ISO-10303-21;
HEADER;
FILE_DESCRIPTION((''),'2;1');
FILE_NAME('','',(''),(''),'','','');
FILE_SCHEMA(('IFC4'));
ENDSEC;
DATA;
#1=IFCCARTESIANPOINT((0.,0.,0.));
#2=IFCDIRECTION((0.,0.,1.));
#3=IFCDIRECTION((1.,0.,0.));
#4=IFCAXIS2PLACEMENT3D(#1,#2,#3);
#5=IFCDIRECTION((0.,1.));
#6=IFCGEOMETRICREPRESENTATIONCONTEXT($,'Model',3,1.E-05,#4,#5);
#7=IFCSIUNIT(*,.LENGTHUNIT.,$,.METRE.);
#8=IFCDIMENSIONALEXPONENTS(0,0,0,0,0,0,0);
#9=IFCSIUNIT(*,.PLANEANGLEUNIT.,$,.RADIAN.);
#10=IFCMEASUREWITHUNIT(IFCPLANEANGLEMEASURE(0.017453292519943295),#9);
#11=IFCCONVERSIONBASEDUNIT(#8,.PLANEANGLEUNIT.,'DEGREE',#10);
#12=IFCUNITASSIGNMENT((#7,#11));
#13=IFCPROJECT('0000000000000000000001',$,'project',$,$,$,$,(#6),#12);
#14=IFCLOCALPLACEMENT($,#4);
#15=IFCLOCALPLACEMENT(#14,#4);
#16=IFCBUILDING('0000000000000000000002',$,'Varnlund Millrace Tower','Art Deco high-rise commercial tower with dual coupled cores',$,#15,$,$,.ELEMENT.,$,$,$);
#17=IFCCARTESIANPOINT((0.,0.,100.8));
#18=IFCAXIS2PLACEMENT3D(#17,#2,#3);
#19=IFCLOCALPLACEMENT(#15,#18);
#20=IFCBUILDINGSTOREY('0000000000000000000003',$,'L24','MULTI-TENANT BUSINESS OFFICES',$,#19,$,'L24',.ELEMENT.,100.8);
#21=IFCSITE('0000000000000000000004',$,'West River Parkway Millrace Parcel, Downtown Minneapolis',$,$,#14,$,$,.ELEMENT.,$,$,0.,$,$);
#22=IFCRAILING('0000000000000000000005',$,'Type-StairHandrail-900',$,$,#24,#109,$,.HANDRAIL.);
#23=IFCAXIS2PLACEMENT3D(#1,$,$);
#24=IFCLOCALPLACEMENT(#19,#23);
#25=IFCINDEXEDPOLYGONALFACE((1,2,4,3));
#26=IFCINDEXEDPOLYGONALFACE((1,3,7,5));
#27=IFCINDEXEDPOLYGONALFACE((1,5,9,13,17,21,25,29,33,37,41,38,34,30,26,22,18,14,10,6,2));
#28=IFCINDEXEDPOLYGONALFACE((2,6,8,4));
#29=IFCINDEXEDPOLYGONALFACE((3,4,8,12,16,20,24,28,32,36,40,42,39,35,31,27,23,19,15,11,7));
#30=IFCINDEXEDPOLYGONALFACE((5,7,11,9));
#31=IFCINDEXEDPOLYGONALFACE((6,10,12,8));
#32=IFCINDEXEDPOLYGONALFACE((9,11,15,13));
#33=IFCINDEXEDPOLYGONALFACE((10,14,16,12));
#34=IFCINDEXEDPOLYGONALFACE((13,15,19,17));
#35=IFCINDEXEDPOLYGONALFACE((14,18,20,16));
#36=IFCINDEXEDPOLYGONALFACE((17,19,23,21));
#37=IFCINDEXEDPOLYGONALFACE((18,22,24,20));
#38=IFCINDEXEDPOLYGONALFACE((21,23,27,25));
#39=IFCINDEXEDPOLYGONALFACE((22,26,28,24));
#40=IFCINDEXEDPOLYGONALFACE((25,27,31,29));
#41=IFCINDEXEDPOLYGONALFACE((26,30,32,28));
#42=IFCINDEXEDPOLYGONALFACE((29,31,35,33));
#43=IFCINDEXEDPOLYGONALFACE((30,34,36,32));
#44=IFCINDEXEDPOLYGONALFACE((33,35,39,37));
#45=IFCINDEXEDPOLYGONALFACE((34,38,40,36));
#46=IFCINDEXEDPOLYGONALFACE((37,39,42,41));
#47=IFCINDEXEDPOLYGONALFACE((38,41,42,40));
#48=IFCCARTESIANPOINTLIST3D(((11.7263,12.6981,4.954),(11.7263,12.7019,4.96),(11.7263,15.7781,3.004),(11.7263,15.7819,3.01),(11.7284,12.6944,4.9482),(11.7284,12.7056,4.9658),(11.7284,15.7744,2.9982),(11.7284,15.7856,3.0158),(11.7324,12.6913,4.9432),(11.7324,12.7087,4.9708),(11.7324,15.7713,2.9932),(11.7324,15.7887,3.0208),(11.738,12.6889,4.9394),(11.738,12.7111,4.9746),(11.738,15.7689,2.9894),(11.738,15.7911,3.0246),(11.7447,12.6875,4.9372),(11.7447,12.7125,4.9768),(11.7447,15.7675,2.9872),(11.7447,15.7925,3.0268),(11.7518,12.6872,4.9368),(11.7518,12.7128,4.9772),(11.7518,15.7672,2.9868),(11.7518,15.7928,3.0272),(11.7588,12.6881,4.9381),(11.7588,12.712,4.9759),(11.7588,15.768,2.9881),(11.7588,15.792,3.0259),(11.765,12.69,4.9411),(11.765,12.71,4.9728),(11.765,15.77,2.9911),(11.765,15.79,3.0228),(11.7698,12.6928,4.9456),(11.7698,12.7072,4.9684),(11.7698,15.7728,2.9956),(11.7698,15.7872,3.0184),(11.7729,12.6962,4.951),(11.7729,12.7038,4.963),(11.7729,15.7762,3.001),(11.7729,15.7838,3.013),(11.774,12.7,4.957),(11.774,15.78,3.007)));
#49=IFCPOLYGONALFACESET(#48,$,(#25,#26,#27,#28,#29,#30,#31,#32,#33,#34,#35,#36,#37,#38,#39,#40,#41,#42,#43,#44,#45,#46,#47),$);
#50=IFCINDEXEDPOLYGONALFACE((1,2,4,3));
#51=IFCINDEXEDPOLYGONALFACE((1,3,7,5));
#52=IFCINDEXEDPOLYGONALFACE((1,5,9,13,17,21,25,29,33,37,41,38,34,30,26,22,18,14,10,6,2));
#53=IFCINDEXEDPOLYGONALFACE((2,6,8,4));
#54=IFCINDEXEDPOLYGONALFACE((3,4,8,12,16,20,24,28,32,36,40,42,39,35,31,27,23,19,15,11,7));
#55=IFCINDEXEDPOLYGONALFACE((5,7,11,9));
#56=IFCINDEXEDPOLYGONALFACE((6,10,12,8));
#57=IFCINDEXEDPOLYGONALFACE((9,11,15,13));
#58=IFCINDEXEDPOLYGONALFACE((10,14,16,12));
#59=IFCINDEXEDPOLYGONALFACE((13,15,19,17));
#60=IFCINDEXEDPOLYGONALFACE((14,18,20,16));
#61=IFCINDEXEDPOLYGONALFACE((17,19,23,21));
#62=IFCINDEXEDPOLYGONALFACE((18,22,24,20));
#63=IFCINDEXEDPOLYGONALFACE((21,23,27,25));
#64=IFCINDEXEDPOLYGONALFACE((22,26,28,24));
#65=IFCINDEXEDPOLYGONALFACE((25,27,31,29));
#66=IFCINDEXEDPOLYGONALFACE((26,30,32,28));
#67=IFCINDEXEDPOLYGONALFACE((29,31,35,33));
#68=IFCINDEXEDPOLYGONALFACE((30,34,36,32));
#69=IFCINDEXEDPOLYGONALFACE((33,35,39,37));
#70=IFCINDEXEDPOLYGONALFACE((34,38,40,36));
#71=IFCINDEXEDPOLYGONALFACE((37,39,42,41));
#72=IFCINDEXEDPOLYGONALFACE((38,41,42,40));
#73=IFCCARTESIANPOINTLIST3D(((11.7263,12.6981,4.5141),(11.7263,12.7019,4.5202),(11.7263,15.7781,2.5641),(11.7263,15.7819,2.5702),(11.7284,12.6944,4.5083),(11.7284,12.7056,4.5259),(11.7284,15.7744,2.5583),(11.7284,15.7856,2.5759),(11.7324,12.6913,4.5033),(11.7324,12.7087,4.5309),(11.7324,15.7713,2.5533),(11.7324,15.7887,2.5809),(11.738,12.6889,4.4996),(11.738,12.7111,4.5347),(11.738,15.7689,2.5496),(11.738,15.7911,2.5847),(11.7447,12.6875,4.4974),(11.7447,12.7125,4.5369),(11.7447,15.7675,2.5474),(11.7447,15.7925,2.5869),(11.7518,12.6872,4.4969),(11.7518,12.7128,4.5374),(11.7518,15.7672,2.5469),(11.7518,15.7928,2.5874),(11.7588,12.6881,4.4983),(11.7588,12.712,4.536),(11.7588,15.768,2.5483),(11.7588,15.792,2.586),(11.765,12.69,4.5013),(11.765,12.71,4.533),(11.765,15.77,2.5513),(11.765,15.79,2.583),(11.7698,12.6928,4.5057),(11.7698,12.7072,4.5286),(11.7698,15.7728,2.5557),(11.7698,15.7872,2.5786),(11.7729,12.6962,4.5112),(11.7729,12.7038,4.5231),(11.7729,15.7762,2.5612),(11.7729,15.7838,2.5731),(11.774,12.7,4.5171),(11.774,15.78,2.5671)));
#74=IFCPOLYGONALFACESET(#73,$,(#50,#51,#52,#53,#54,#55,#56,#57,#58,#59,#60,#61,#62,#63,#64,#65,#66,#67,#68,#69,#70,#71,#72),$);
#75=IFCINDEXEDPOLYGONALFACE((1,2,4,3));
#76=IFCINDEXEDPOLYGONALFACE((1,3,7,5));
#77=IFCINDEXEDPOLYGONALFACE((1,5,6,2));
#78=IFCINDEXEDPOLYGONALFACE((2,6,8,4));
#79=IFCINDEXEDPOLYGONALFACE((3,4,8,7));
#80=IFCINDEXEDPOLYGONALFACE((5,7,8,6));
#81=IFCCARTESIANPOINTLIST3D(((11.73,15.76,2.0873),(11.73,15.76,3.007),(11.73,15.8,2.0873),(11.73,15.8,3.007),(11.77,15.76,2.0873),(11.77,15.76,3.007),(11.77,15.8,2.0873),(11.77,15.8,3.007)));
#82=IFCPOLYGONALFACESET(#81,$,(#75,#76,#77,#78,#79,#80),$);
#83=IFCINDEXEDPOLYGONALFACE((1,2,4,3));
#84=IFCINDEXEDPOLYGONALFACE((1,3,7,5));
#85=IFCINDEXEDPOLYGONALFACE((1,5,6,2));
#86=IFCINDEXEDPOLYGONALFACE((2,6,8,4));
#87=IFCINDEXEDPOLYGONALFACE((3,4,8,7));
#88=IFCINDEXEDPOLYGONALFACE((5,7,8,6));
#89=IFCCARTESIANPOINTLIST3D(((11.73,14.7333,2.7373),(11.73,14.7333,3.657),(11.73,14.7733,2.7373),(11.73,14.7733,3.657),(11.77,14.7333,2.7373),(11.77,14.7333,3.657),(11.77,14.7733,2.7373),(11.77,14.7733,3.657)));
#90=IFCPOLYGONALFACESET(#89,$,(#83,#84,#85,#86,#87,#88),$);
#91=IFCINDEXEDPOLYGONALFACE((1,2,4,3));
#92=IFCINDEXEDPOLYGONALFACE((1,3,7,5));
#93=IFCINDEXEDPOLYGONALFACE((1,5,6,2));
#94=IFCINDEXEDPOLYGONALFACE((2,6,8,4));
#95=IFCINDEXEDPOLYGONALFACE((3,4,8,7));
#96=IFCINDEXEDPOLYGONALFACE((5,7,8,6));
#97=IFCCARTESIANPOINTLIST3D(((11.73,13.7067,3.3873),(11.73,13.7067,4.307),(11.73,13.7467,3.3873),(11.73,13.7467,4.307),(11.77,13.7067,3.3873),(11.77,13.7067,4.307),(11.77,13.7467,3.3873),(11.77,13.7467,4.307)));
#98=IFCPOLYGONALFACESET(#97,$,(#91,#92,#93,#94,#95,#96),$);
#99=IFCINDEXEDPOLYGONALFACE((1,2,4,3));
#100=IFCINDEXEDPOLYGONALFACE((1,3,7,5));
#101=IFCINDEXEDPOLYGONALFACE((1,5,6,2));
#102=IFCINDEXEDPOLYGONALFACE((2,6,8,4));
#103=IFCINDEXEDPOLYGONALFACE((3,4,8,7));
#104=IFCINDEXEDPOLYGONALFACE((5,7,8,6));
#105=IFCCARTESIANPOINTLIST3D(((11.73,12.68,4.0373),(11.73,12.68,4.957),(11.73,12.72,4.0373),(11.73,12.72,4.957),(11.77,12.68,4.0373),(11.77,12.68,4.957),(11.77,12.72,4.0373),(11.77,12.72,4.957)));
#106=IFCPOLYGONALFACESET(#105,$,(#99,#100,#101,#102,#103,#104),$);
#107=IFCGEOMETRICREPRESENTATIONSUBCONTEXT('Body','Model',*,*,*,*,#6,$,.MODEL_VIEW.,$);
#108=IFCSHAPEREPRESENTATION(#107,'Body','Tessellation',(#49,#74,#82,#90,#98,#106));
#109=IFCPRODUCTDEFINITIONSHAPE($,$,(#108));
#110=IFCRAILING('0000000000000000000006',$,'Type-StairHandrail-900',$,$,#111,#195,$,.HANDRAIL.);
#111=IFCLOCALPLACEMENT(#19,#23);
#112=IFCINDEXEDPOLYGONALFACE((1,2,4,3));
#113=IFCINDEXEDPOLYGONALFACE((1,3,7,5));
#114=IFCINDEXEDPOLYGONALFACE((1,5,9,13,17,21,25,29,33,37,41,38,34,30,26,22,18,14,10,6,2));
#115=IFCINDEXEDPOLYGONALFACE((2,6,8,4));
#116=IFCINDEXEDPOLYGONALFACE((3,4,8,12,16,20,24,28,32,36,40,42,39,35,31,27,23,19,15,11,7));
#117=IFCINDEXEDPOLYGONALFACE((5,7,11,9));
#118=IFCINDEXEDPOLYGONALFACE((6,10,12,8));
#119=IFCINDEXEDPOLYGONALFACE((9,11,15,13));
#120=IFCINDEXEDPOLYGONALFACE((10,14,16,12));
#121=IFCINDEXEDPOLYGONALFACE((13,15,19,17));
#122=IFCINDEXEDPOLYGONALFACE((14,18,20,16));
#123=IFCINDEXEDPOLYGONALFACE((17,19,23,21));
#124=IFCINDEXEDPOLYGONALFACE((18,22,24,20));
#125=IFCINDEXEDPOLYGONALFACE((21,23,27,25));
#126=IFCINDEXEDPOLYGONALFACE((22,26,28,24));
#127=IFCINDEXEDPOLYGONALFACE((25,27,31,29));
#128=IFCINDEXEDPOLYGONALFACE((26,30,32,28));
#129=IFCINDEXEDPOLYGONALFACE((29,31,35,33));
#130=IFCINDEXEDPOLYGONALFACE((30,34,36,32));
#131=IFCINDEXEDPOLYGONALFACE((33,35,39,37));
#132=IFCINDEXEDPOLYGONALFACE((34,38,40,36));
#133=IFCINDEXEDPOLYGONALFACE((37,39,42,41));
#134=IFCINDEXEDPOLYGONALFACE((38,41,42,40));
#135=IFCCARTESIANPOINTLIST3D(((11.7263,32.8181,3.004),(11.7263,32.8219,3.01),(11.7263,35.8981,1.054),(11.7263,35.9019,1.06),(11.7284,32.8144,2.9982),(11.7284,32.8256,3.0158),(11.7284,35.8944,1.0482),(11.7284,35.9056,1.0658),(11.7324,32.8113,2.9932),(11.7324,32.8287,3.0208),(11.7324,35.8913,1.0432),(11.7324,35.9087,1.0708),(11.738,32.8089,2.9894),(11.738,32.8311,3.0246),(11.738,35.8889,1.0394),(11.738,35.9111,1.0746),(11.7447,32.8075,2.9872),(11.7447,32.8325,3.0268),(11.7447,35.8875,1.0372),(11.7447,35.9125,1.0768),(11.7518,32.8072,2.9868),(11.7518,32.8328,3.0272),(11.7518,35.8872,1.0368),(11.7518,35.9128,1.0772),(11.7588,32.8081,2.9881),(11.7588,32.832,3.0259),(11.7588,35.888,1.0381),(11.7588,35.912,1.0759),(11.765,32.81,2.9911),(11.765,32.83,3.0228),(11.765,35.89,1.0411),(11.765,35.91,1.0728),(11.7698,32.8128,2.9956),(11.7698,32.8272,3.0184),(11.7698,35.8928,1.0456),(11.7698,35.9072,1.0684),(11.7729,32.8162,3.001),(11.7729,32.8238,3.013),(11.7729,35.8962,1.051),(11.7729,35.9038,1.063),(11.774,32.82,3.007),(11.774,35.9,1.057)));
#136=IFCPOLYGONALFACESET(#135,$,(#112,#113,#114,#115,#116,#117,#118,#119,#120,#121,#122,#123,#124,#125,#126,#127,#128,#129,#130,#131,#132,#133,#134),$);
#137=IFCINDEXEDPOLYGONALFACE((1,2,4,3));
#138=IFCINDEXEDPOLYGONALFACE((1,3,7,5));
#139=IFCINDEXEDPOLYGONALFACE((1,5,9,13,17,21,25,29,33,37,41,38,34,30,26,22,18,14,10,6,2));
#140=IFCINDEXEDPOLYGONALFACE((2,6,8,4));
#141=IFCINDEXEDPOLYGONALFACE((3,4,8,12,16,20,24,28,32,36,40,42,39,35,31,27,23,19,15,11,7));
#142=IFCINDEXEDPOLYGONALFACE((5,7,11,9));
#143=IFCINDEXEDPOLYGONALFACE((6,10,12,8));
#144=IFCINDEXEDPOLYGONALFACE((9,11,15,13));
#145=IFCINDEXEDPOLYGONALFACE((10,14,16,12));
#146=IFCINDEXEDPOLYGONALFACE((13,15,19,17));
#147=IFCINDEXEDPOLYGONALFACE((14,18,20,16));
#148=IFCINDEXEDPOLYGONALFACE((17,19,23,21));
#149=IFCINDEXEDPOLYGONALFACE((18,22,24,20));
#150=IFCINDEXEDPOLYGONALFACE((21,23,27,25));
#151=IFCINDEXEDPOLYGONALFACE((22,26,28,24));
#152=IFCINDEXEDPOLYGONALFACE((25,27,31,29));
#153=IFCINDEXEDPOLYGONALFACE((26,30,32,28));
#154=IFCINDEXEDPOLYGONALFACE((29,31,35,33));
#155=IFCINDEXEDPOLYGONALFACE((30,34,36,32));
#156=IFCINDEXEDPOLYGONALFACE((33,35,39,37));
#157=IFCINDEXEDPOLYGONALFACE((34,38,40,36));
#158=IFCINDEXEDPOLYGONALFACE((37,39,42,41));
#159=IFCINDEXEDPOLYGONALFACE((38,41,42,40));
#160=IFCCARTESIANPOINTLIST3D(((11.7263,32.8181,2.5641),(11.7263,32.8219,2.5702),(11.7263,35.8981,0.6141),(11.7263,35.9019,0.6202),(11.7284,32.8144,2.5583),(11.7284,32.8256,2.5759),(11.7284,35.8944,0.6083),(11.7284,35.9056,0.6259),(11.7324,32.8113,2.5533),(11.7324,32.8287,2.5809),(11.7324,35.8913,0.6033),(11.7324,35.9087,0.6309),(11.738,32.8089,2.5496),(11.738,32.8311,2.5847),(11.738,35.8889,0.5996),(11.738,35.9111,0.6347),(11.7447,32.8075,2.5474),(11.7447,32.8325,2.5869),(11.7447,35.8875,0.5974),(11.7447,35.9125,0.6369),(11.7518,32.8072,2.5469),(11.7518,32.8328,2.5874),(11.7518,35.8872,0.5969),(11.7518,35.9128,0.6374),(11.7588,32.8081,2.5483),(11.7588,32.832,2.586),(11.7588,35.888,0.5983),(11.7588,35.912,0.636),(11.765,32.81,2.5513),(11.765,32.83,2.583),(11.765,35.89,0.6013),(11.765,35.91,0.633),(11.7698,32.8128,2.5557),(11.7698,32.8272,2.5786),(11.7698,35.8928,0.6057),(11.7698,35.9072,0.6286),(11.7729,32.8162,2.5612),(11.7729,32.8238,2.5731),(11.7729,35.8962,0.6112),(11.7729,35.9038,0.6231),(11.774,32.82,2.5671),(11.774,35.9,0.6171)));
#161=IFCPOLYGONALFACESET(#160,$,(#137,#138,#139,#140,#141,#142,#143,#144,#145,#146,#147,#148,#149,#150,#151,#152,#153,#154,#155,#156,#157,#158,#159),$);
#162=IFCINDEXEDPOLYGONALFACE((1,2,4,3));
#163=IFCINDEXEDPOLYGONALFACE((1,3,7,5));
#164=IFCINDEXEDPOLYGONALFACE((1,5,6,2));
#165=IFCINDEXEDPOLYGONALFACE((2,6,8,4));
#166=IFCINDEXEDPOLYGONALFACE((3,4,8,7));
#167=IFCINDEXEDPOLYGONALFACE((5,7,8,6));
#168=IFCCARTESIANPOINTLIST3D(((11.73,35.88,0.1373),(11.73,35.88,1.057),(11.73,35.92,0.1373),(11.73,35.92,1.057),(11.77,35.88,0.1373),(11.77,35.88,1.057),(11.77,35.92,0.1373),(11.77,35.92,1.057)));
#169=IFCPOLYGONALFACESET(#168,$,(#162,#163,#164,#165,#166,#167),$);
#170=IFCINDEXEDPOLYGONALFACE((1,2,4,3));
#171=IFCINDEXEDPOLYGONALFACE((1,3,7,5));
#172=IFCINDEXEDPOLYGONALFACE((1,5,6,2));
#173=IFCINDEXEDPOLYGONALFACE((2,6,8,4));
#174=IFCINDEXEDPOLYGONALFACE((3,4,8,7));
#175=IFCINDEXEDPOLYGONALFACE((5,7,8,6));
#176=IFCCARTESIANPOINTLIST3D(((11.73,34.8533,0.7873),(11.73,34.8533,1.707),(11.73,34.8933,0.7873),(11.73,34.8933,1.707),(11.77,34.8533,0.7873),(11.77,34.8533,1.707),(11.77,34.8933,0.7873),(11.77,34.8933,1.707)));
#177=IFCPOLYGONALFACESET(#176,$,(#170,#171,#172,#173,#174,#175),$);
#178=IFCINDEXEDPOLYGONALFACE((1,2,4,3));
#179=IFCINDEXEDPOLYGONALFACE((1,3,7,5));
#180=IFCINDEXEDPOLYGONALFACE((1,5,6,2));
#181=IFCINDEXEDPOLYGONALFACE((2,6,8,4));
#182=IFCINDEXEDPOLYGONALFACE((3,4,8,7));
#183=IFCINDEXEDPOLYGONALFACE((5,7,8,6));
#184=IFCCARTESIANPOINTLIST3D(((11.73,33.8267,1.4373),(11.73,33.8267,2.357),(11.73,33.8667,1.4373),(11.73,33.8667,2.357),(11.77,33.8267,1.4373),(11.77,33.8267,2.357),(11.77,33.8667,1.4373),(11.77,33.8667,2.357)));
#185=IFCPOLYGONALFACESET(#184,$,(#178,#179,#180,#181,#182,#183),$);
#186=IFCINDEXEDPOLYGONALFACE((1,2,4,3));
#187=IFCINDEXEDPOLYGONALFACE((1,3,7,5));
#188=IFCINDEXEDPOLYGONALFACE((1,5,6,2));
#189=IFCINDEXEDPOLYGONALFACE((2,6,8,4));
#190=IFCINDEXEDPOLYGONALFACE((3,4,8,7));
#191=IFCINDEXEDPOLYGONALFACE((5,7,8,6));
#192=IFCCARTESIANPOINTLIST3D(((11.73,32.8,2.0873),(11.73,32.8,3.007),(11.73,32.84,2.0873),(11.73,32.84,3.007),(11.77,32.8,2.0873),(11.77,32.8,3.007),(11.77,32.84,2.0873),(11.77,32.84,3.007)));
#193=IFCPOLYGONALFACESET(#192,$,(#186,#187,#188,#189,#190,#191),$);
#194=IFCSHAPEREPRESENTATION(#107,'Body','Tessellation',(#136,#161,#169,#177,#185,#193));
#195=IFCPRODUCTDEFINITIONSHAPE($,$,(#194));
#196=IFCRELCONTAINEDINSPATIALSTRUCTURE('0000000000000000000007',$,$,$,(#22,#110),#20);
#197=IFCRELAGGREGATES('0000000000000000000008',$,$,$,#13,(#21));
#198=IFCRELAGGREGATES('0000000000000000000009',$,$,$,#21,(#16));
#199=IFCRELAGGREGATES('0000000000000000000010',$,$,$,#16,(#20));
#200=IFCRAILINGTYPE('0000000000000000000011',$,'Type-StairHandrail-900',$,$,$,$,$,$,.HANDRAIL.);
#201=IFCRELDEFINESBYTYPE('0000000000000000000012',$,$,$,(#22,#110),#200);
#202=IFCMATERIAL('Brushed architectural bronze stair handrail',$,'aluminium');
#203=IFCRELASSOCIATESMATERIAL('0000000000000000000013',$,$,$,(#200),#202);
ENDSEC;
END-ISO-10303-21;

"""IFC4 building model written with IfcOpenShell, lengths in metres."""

from ifc_helpers import new_model, entity, si_unit, converted_unit, direction, frame, origin_with_axes, origin_2d_with_axis, place, context, subcontext, project, spatial, rectangle, circle, extrude, material, type_object, element, save


model = new_model("IFC4")

# Units and contexts
model_context = context("Model", 3, precision=1e-05, world=origin_with_axes(), true_north=direction((0.0, 1.0)))
body_context = subcontext(model_context, "Body", "Model", "MODEL_VIEW")
ifc_project = project(units=[si_unit("LENGTHUNIT", "METRE"), converted_unit("PLANEANGLEUNIT", "DEGREE", entity("IfcPlaneAngleMeasure", 0.017453292519943295), si_unit("PLANEANGLEUNIT", "RADIAN"), dimensions=[0, 0, 0, 0, 0, 0, 0])], contexts=[model_context])

# Site, building, storey
site_placement = place(None, origin_with_axes())
site = spatial("IfcSite", under=ifc_project, at=site_placement, Name="West River Parkway Millrace Parcel, Downtown Minneapolis", CompositionType="ELEMENT", RefElevation=0.0)
building_placement = place(site_placement, origin_with_axes())
building = spatial("IfcBuilding", under=site, at=building_placement, Name="Varnlund Millrace Tower", Description="Art Deco high-rise commercial tower with dual coupled cores", CompositionType="ELEMENT")
storey_placement = place(building_placement, frame((0.0, 0.0, 100.8), z_axis=(0.0, 0.0, 1.0), x_axis=(1.0, 0.0, 0.0)))
storey = spatial("IfcBuildingStorey", under=building, at=storey_placement, Name="L24", Description="MULTI-TENANT BUSINESS OFFICES", LongName="L24", CompositionType="ELEMENT", Elevation=100.8)

# Railings
ifc_material_1 = material(Name="Brushed architectural bronze stair handrail", Category="aluminium")
railing_type_1 = type_object("IfcRailingType", Name="Type-StairHandrail-900", PredefinedType="HANDRAIL", material=ifc_material_1)
railing_1_placement = place(storey_placement, frame((0.0, 0.0, -100.8), z_axis=(0.0, 0.0, 1.0), x_axis=(1.0, 0.0, 0.0)))
element("IfcRailing", 1, at=railing_1_placement, inside=storey, type_object=railing_type_1, Name="Type-StairHandrail-900", PredefinedType="HANDRAIL", context=body_context, shape_type="SweptSolid", body=[
    extrude(circle(Radius=0.024, at=origin_2d_with_axis()), frame((11.75, 15.78, 103.807), z_axis=(0.0, -0.844902, 0.534922), x_axis=(1.0, 0.0, 0.0)), (0.0, 0.0, 1.0), 3.6454),
    extrude(circle(Radius=0.024, at=origin_2d_with_axis()), frame((11.75, 15.78, 103.3671), z_axis=(0.0, -0.844902, 0.534922), x_axis=(1.0, 0.0, 0.0)), (0.0, 0.0, 1.0), 3.6454),
    extrude(rectangle(XDim=0.04, YDim=0.04, at=origin_2d_with_axis()), frame((11.75, 15.78, 102.8873), z_axis=(0.0, 0.0, 1.0), x_axis=(1.0, 0.0, 0.0)), (0.0, 0.0, 1.0), 0.9197),
    extrude(rectangle(XDim=0.04, YDim=0.04, at=origin_2d_with_axis()), frame((11.75, 14.7533, 103.5373), z_axis=(0.0, 0.0, 1.0), x_axis=(1.0, 0.0, 0.0)), (0.0, 0.0, 1.0), 0.9197),
    extrude(rectangle(XDim=0.04, YDim=0.04, at=origin_2d_with_axis()), frame((11.75, 13.7267, 104.1873), z_axis=(0.0, 0.0, 1.0), x_axis=(1.0, 0.0, 0.0)), (0.0, 0.0, 1.0), 0.9197),
    extrude(rectangle(XDim=0.04, YDim=0.04, at=origin_2d_with_axis()), frame((11.75, 12.7, 104.8373), z_axis=(0.0, 0.0, 1.0), x_axis=(1.0, 0.0, 0.0)), (0.0, 0.0, 1.0), 0.9197),
])
railing_2_placement = place(storey_placement, frame((0.0, 0.0, -100.8), z_axis=(0.0, 0.0, 1.0), x_axis=(1.0, 0.0, 0.0)))
element("IfcRailing", 2, at=railing_2_placement, inside=storey, type_object=railing_type_1, Name="Type-StairHandrail-900", PredefinedType="HANDRAIL", context=body_context, shape_type="SweptSolid", body=[
    extrude(circle(Radius=0.024, at=origin_2d_with_axis()), frame((11.75, 35.9, 101.857), z_axis=(0.0, -0.844902, 0.534922), x_axis=(1.0, 0.0, 0.0)), (0.0, 0.0, 1.0), 3.6454),
    extrude(circle(Radius=0.024, at=origin_2d_with_axis()), frame((11.75, 35.9, 101.4171), z_axis=(0.0, -0.844902, 0.534922), x_axis=(1.0, 0.0, 0.0)), (0.0, 0.0, 1.0), 3.6454),
    extrude(rectangle(XDim=0.04, YDim=0.04, at=origin_2d_with_axis()), frame((11.75, 35.9, 100.9373), z_axis=(0.0, 0.0, 1.0), x_axis=(1.0, 0.0, 0.0)), (0.0, 0.0, 1.0), 0.9197),
    extrude(rectangle(XDim=0.04, YDim=0.04, at=origin_2d_with_axis()), frame((11.75, 34.8733, 101.5873), z_axis=(0.0, 0.0, 1.0), x_axis=(1.0, 0.0, 0.0)), (0.0, 0.0, 1.0), 0.9197),
    extrude(rectangle(XDim=0.04, YDim=0.04, at=origin_2d_with_axis()), frame((11.75, 33.8467, 102.2373), z_axis=(0.0, 0.0, 1.0), x_axis=(1.0, 0.0, 0.0)), (0.0, 0.0, 1.0), 0.9197),
    extrude(rectangle(XDim=0.04, YDim=0.04, at=origin_2d_with_axis()), frame((11.75, 32.82, 102.8873), z_axis=(0.0, 0.0, 1.0), x_axis=(1.0, 0.0, 0.0)), (0.0, 0.0, 1.0), 0.9197),
])

save(model, "model.ifc")
